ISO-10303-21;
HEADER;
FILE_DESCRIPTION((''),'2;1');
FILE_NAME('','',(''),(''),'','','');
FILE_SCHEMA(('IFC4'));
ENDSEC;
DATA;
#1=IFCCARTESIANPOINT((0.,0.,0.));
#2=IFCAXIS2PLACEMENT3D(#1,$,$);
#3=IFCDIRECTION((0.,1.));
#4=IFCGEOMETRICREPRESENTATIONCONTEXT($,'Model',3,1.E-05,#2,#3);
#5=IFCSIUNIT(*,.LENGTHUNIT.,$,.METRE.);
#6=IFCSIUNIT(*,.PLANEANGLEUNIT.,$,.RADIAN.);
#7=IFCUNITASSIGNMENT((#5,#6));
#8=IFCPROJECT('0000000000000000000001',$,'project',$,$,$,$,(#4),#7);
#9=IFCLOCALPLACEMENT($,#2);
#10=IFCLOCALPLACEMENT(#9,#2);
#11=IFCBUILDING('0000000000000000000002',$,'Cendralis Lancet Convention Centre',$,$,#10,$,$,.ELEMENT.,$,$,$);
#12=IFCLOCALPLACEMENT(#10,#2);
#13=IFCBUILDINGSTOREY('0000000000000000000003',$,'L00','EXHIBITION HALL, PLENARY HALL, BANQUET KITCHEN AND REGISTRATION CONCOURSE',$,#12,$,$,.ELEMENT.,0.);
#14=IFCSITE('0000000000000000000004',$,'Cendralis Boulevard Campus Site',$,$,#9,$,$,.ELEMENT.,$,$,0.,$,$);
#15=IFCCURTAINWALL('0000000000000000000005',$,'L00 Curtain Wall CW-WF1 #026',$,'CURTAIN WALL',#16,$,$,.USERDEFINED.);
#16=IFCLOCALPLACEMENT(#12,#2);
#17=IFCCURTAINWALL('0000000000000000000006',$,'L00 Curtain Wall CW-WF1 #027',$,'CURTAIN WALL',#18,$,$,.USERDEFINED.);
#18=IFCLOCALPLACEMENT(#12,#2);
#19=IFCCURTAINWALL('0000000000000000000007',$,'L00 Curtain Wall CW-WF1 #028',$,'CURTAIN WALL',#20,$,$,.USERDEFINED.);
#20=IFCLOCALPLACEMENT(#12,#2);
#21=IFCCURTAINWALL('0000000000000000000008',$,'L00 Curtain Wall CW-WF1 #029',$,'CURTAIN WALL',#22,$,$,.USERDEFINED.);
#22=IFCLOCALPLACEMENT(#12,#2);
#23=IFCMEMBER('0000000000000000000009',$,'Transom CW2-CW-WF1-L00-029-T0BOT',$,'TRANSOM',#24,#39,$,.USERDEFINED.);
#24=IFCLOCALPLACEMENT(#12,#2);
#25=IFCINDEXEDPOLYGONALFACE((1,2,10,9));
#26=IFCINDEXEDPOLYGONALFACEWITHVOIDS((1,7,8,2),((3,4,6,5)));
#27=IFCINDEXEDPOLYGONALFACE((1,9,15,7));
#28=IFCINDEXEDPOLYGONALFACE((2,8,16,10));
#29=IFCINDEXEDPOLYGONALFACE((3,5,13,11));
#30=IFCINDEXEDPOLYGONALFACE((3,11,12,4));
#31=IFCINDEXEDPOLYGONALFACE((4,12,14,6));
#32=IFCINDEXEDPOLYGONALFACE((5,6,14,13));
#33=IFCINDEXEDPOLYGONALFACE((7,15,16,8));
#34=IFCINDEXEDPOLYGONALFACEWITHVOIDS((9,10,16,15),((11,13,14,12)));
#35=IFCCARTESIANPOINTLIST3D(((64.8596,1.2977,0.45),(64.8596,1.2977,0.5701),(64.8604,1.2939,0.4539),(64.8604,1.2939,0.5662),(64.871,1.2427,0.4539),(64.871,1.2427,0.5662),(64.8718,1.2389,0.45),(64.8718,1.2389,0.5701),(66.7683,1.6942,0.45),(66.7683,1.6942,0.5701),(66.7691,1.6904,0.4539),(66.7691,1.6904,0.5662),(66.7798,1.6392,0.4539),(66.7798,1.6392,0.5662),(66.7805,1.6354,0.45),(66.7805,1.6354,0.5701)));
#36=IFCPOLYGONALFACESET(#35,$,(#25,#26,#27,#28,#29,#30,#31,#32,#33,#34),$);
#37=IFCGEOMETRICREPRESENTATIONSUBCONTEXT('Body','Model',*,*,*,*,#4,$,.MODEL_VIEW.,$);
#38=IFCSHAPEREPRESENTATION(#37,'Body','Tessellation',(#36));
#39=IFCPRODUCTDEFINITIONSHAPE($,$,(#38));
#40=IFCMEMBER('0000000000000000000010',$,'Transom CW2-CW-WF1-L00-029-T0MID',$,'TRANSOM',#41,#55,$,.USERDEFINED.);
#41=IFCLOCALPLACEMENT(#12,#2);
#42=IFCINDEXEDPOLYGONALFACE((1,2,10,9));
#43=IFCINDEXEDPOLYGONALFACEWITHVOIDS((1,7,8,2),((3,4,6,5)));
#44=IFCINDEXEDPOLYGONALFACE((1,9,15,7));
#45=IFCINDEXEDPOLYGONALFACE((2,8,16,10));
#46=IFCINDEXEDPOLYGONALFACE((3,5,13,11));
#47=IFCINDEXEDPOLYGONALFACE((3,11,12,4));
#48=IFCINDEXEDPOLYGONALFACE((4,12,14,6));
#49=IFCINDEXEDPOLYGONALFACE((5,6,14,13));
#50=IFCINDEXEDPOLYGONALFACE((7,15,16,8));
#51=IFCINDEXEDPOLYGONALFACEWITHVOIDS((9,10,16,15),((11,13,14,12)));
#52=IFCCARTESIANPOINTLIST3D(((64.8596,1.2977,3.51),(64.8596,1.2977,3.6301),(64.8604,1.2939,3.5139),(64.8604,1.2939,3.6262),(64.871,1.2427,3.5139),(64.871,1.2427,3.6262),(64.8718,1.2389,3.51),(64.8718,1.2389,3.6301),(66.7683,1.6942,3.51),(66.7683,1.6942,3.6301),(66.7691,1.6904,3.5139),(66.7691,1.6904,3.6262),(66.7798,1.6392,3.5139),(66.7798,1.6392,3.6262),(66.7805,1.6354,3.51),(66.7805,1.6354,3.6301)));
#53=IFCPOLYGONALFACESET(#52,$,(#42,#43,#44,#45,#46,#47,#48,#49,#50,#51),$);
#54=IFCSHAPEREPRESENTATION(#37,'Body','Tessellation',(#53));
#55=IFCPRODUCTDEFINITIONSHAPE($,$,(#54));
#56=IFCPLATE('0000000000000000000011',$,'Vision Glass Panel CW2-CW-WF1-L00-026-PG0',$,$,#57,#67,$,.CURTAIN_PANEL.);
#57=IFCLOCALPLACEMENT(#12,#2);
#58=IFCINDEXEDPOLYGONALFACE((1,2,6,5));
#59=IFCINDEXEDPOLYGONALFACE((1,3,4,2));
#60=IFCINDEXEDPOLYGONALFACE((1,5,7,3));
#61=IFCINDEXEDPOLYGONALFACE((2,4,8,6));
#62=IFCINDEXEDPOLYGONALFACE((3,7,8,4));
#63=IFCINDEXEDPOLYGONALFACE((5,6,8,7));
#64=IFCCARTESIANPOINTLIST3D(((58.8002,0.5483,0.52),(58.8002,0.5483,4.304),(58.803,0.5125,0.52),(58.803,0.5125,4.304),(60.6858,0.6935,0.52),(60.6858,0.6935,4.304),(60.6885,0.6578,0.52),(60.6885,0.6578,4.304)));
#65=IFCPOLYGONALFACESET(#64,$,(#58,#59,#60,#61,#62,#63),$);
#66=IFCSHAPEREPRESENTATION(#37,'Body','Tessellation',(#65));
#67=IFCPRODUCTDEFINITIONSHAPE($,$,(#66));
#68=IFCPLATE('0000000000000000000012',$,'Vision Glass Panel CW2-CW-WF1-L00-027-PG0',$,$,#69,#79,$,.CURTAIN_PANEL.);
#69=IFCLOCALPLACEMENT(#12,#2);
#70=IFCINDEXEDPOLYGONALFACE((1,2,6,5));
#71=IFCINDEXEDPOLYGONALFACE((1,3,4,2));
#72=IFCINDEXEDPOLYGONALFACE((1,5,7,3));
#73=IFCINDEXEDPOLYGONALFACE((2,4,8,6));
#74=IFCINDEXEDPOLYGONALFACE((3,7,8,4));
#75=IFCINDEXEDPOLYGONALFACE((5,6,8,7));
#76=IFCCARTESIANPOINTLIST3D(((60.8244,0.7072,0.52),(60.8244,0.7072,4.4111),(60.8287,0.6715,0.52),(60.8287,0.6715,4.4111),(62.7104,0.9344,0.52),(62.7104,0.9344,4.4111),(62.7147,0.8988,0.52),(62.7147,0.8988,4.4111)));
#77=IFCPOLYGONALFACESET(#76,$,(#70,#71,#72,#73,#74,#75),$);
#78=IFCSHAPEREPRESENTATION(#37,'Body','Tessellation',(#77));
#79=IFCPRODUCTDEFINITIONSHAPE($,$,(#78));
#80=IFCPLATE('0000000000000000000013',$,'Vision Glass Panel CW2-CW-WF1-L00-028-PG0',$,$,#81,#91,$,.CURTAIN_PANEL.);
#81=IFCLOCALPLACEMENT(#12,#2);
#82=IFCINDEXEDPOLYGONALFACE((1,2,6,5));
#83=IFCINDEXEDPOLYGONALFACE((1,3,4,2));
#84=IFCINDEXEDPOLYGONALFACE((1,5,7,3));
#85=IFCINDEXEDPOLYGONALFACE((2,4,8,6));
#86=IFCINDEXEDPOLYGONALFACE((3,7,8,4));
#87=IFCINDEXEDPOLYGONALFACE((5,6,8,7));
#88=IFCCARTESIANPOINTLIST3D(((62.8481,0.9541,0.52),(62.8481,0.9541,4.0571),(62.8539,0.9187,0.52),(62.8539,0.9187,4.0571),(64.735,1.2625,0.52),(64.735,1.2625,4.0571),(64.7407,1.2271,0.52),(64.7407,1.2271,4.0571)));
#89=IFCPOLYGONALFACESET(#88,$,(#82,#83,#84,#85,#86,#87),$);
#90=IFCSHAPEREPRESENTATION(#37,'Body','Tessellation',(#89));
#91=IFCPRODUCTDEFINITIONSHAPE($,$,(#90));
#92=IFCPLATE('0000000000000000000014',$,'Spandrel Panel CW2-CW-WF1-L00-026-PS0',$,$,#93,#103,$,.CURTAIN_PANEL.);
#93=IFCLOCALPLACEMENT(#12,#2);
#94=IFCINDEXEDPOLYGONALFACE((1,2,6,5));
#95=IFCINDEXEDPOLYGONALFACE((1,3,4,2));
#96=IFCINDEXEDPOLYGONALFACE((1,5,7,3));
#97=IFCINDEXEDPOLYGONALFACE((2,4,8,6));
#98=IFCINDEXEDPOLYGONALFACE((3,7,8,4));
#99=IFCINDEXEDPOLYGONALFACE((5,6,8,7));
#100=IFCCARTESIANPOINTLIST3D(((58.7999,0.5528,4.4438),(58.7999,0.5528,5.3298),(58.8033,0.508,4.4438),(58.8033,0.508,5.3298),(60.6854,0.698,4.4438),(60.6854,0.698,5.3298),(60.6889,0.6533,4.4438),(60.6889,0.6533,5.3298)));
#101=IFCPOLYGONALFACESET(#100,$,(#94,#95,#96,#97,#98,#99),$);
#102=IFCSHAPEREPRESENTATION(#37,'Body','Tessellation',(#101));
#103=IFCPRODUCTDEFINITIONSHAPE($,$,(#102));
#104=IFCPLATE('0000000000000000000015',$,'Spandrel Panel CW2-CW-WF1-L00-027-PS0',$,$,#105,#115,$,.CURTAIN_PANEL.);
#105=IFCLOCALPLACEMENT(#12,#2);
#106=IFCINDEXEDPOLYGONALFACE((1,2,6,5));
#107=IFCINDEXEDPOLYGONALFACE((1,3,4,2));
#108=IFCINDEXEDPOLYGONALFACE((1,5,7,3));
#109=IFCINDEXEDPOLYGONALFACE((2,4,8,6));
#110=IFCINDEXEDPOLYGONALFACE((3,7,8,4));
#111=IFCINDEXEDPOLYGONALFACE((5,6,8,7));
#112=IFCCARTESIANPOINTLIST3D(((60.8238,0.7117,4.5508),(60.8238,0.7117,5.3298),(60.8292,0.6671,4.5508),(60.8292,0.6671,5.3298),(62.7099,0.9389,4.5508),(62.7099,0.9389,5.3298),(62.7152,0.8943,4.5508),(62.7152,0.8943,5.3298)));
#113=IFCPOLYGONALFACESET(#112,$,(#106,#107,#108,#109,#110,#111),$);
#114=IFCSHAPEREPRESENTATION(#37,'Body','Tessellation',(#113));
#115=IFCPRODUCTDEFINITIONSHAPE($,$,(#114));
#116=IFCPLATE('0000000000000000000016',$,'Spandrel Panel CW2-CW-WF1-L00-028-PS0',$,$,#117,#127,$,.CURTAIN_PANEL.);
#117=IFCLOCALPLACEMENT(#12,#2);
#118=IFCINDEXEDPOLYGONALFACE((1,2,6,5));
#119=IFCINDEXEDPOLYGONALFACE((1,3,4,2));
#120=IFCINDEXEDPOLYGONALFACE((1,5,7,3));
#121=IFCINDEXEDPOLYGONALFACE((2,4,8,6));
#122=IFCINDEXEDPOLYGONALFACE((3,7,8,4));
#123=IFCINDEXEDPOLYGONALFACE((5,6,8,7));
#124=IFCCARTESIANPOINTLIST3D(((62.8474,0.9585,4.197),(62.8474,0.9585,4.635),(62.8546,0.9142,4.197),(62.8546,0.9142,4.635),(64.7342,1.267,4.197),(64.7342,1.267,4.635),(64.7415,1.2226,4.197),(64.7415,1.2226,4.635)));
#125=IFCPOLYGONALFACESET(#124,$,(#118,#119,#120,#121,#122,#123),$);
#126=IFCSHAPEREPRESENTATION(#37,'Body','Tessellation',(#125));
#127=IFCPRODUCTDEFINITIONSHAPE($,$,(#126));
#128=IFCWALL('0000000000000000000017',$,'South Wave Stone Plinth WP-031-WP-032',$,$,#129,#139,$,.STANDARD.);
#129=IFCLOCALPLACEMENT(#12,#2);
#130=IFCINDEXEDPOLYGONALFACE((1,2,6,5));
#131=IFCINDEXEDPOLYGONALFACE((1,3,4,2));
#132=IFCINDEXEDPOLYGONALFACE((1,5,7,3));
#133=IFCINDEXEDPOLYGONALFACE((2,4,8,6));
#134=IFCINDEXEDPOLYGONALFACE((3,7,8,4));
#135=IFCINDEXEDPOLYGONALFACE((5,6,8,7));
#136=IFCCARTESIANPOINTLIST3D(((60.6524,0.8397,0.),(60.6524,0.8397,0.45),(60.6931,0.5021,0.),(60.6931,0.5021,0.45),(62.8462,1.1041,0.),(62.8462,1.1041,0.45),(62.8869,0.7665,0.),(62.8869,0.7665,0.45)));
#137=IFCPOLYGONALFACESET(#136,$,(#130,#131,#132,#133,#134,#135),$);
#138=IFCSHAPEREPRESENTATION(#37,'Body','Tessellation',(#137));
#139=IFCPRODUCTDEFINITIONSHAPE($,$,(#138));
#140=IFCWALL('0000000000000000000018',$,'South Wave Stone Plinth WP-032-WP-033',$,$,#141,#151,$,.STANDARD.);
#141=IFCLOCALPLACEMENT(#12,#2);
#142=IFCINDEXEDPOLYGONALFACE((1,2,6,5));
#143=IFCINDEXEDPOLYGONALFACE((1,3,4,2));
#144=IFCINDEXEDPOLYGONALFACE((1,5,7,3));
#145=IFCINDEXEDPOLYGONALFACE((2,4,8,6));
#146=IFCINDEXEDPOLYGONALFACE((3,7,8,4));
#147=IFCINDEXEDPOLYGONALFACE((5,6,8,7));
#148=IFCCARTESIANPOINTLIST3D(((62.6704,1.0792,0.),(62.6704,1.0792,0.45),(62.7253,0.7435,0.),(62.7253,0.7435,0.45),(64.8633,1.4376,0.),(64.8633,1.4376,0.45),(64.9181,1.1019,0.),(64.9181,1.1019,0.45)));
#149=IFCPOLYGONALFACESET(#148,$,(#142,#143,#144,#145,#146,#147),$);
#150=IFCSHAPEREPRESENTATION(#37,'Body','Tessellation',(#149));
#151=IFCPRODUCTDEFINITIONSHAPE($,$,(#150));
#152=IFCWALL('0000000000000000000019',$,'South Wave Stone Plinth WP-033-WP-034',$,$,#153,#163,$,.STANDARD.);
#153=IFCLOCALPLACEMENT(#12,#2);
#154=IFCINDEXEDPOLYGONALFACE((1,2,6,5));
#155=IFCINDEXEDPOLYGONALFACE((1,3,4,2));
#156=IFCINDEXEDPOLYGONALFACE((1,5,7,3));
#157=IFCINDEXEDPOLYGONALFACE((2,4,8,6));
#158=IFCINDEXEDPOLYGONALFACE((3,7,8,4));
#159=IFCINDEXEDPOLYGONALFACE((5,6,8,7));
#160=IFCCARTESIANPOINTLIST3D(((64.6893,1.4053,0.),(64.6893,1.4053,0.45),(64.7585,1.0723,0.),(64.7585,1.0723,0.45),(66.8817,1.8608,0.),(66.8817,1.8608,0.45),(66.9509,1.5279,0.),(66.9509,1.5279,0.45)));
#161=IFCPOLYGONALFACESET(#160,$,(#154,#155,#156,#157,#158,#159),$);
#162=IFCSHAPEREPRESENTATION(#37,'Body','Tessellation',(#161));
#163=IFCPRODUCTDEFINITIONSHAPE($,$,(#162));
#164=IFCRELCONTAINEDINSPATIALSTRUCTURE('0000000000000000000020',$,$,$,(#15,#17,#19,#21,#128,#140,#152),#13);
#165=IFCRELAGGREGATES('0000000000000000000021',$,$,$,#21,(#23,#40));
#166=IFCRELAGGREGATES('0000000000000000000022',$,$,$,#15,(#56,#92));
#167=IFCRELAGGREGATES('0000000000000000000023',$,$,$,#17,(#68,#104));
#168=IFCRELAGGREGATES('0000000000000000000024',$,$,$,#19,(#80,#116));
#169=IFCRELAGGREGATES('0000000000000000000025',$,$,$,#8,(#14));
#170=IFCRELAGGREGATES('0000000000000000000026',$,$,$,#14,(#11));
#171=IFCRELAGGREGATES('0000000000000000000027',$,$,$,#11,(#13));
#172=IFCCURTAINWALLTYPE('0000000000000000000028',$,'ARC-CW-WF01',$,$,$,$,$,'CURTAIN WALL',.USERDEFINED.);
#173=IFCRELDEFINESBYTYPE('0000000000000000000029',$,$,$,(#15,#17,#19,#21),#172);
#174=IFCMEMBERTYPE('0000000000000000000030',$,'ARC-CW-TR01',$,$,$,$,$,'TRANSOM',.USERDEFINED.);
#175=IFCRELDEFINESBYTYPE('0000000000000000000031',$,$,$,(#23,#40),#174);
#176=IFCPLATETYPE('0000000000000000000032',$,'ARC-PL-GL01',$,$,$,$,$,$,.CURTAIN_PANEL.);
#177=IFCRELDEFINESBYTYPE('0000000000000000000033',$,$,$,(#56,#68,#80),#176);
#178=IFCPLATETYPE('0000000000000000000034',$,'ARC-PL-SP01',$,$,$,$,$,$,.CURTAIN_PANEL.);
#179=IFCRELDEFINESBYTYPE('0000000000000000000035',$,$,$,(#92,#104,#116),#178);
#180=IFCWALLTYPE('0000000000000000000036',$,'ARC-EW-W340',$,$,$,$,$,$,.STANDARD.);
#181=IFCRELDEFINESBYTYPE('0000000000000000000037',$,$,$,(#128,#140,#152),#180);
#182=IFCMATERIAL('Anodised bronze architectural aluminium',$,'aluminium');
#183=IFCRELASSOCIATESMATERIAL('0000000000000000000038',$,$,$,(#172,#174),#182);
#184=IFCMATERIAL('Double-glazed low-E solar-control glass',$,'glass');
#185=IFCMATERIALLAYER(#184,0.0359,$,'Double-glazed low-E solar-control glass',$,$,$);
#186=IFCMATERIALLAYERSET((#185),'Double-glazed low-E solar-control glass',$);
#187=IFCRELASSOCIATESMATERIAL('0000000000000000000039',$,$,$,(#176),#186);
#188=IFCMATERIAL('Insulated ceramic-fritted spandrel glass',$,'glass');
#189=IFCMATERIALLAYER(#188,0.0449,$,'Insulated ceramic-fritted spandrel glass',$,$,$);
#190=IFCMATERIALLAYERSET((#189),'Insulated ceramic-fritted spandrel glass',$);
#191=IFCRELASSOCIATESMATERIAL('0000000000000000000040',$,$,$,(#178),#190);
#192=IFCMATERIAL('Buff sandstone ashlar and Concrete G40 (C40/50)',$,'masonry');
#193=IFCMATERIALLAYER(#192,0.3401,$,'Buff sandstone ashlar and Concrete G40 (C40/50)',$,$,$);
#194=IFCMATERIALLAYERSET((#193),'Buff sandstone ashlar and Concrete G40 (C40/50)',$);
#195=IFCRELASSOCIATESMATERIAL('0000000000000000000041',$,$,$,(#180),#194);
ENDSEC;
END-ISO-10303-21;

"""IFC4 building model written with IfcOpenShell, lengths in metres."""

from ifc_helpers import new_model, si_unit, direction, frame, frame_2d, origin, origin_2d, place, context, subcontext, project, spatial, rectangle, hollow_rectangle, extrude, material, layer, layer_set, material_profile, profile_set, type_object, element, aggregate, save


model = new_model("IFC4")

# Units and contexts
model_context = context("Model", 3, precision=1e-05, world=origin(), true_north=direction((0.0, 1.0)))
body_context = subcontext(model_context, "Body", "Model", "MODEL_VIEW")
ifc_project = project(units=[si_unit("LENGTHUNIT", "METRE"), si_unit("PLANEANGLEUNIT", "RADIAN")], contexts=[model_context])

# Site, building, storey
site_placement = place(None, origin())
site = spatial("IfcSite", under=ifc_project, at=site_placement, Name="Cendralis Boulevard Campus Site", CompositionType="ELEMENT", RefElevation=0.0)
building_placement = place(site_placement, origin())
building = spatial("IfcBuilding", under=site, at=building_placement, Name="Cendralis Lancet Convention Centre", CompositionType="ELEMENT")
storey_placement = place(building_placement, origin())
storey = spatial("IfcBuildingStorey", under=building, at=storey_placement, Name="L00", Description="EXHIBITION HALL, PLENARY HALL, BANQUET KITCHEN AND REGISTRATION CONCOURSE", CompositionType="ELEMENT", Elevation=0.0)

# Shared definitions
ifc_material_1 = material(Name="Anodised bronze architectural aluminium", Category="aluminium")
curtain_wall_type = type_object("IfcCurtainWallType", Name="ARC-CW-WF01", ElementType="CURTAIN WALL", PredefinedType="USERDEFINED", material=ifc_material_1)

# Curtain walls
curtain_wall_1_placement = place(storey_placement, origin())
curtain_wall_1 = element("IfcCurtainWall", 1, at=curtain_wall_1_placement, inside=storey, type_object=curtain_wall_type, Name="L00 Curtain Wall CW-WF1 #026", ObjectType="CURTAIN WALL", PredefinedType="USERDEFINED")
curtain_wall_2_placement = place(storey_placement, origin())
curtain_wall_2 = element("IfcCurtainWall", 2, at=curtain_wall_2_placement, inside=storey, type_object=curtain_wall_type, Name="L00 Curtain Wall CW-WF1 #027", ObjectType="CURTAIN WALL", PredefinedType="USERDEFINED")
curtain_wall_3_placement = place(storey_placement, origin())
curtain_wall_3 = element("IfcCurtainWall", 3, at=curtain_wall_3_placement, inside=storey, type_object=curtain_wall_type, Name="L00 Curtain Wall CW-WF1 #028", ObjectType="CURTAIN WALL", PredefinedType="USERDEFINED")

# Curtain wall
curtain_wall_4_placement = place(storey_placement, origin())
curtain_wall_4 = element("IfcCurtainWall", 4, at=curtain_wall_4_placement, inside=storey, type_object=curtain_wall_type, Name="L00 Curtain Wall CW-WF1 #029", ObjectType="CURTAIN WALL", PredefinedType="USERDEFINED")

# Members
ifc_material_profile_1 = material_profile(ifc_material_1, hollow_rectangle(XDim=0.0601, YDim=0.1201, WallThickness=0.0039, at=origin_2d()), Name="AL-TRAN 60x120x4.0")
ifc_profile_set_1 = profile_set([ifc_material_profile_1], Name="Anodised bronze architectural aluminium")
member_type_1 = type_object("IfcMemberType", Name="ARC-CW-TR01", ElementType="TRANSOM", PredefinedType="USERDEFINED", material=ifc_profile_set_1)
member_1_placement = place(storey_placement, frame((64.8657, 1.2683, 0.51), z_axis=(0.979099, 0.203384, 0.0), x_axis=(-0.203384, 0.979099, 0.0)))
member_1 = element("IfcMember", 5, at=member_1_placement, type_object=member_type_1, Name="Transom CW2-CW-WF1-L00-029-T0BOT", ObjectType="TRANSOM", PredefinedType="USERDEFINED", context=body_context, shape_type="SweptSolid", body=[
    extrude(hollow_rectangle(XDim=0.0601, YDim=0.1201, WallThickness=0.0039, at=origin_2d()), origin(), (0.0, 0.0, 1.0), 1.9495),
])
member_2_placement = place(storey_placement, frame((64.8657, 1.2683, 3.5701), z_axis=(0.979099, 0.203384, 0.0), x_axis=(-0.203384, 0.979099, 0.0)))
member_2 = element("IfcMember", 6, at=member_2_placement, type_object=member_type_1, Name="Transom CW2-CW-WF1-L00-029-T0MID", ObjectType="TRANSOM", PredefinedType="USERDEFINED", context=body_context, shape_type="SweptSolid", body=[
    extrude(hollow_rectangle(XDim=0.0601, YDim=0.1201, WallThickness=0.0039, at=origin_2d()), origin(), (0.0, 0.0, 1.0), 1.9495),
])
aggregate(curtain_wall_4, [member_1, member_2])

# Plates
ifc_material_2 = material(Name="Double-glazed low-E solar-control glass", Category="glass")
ifc_layer_1 = layer(ifc_material_2, 0.0359, Name="Double-glazed low-E solar-control glass")
ifc_layer_set_1 = layer_set([ifc_layer_1], Name="Double-glazed low-E solar-control glass")
plate_type_1 = type_object("IfcPlateType", Name="ARC-PL-GL01", PredefinedType="CURTAIN_PANEL", material=ifc_layer_set_1)
plate_1_placement = place(storey_placement, frame((59.7444, 0.603, 0.52), z_axis=(0.0, 0.0, 1.0), x_axis=(0.997046, 0.076809, 0.0)))
plate_1 = element("IfcPlate", 7, at=plate_1_placement, type_object=plate_type_1, Name="Vision Glass Panel CW2-CW-WF1-L00-026-PG0", PredefinedType="CURTAIN_PANEL", context=body_context, shape_type="SweptSolid", body=[
    extrude(rectangle(XDim=1.8911, YDim=0.0359, at=origin_2d()), origin(), (0.0, 0.0, 1.0), 3.7839),
])
plate_2_placement = place(storey_placement, frame((61.7695, 0.803, 0.52), z_axis=(0.0, 0.0, 1.0), x_axis=(0.992819, 0.119629, 0.0)))
plate_2 = element("IfcPlate", 8, at=plate_2_placement, type_object=plate_type_1, Name="Vision Glass Panel CW2-CW-WF1-L00-027-PG0", PredefinedType="CURTAIN_PANEL", context=body_context, shape_type="SweptSolid", body=[
    extrude(rectangle(XDim=1.8997, YDim=0.0359, at=origin_2d()), origin(), (0.0, 0.0, 1.0), 3.8911),
])
plate_3_placement = place(storey_placement, frame((63.7944, 1.0906, 0.52), z_axis=(0.0, 0.0, 1.0), x_axis=(0.986903, 0.161316, 0.0)))
plate_3 = element("IfcPlate", 9, at=plate_3_placement, type_object=plate_type_1, Name="Vision Glass Panel CW2-CW-WF1-L00-028-PG0", PredefinedType="CURTAIN_PANEL", context=body_context, shape_type="SweptSolid", body=[
    extrude(rectangle(XDim=1.9119, YDim=0.0359, at=origin_2d()), origin(), (0.0, 0.0, 1.0), 3.5371),
])
ifc_material_3 = material(Name="Insulated ceramic-fritted spandrel glass", Category="glass")
ifc_layer_2 = layer(ifc_material_3, 0.0449, Name="Insulated ceramic-fritted spandrel glass")
ifc_layer_set_2 = layer_set([ifc_layer_2], Name="Insulated ceramic-fritted spandrel glass")
plate_type_2 = type_object("IfcPlateType", Name="ARC-PL-SP01", PredefinedType="CURTAIN_PANEL", material=ifc_layer_set_2)
plate_4_placement = place(storey_placement, frame((59.7444, 0.603, 4.4438), z_axis=(0.0, 0.0, 1.0), x_axis=(0.997046, 0.076809, 0.0)))
plate_4 = element("IfcPlate", 10, at=plate_4_placement, type_object=plate_type_2, Name="Spandrel Panel CW2-CW-WF1-L00-026-PS0", PredefinedType="CURTAIN_PANEL", context=body_context, shape_type="SweptSolid", body=[
    extrude(rectangle(XDim=1.8911, YDim=0.0449, at=origin_2d()), origin(), (0.0, 0.0, 1.0), 0.886),
])
aggregate(curtain_wall_1, [plate_1, plate_4])
plate_5_placement = place(storey_placement, frame((61.7695, 0.803, 4.5508), z_axis=(0.0, 0.0, 1.0), x_axis=(0.992819, 0.119629, 0.0)))
plate_5 = element("IfcPlate", 11, at=plate_5_placement, type_object=plate_type_2, Name="Spandrel Panel CW2-CW-WF1-L00-027-PS0", PredefinedType="CURTAIN_PANEL", context=body_context, shape_type="SweptSolid", body=[
    extrude(rectangle(XDim=1.8997, YDim=0.0449, at=origin_2d()), origin(), (0.0, 0.0, 1.0), 0.7791),
])
aggregate(curtain_wall_2, [plate_2, plate_5])
plate_6_placement = place(storey_placement, frame((63.7944, 1.0906, 4.197), z_axis=(0.0, 0.0, 1.0), x_axis=(0.986903, 0.161316, 0.0)))
plate_6 = element("IfcPlate", 12, at=plate_6_placement, type_object=plate_type_2, Name="Spandrel Panel CW2-CW-WF1-L00-028-PS0", PredefinedType="CURTAIN_PANEL", context=body_context, shape_type="SweptSolid", body=[
    extrude(rectangle(XDim=1.9119, YDim=0.0449, at=origin_2d()), origin(), (0.0, 0.0, 1.0), 0.438),
])
aggregate(curtain_wall_3, [plate_3, plate_6])

# Walls
ifc_material_4 = material(Name="Buff sandstone ashlar and Concrete G40 (C40/50)", Category="masonry")
ifc_layer_3 = layer(ifc_material_4, 0.3401, Name="Buff sandstone ashlar and Concrete G40 (C40/50)")
ifc_layer_set_3 = layer_set([ifc_layer_3], Name="Buff sandstone ashlar and Concrete G40 (C40/50)")
wall_type = type_object("IfcWallType", Name="ARC-EW-W340", PredefinedType="STANDARD", material=ifc_layer_set_3)
wall_1_placement = place(storey_placement, frame((60.6726, 0.6709, 0.0), z_axis=(0.0, 0.0, 1.0), x_axis=(0.992816, 0.119655, 0.0)))
element("IfcWall", 13, at=wall_1_placement, inside=storey, type_object=wall_type, Name="South Wave Stone Plinth WP-031-WP-032", PredefinedType="STANDARD", context=body_context, shape_type="SweptSolid", body=[
    extrude(rectangle(XDim=2.2097, YDim=0.3401, at=frame_2d((1.105, 0.0))), origin(), (0.0, 0.0, 1.0), 0.45),
])
wall_2_placement = place(storey_placement, frame((62.698, 0.9114, 0.0), z_axis=(0.0, 0.0, 1.0), x_axis=(0.986906, 0.161298, 0.0)))
element("IfcWall", 14, at=wall_2_placement, inside=storey, type_object=wall_type, Name="South Wave Stone Plinth WP-032-WP-033", PredefinedType="STANDARD", context=body_context, shape_type="SweptSolid", body=[
    extrude(rectangle(XDim=2.2219, YDim=0.3401, at=frame_2d((1.1108, 0.0))), origin(), (0.0, 0.0, 1.0), 0.45),
])
wall_3_placement = place(storey_placement, frame((64.7239, 1.2388, 0.0), z_axis=(0.0, 0.0, 1.0), x_axis=(0.979086, 0.203449, 0.0)))
element("IfcWall", 15, at=wall_3_placement, inside=storey, type_object=wall_type, Name="South Wave Stone Plinth WP-033-WP-034", PredefinedType="STANDARD", context=body_context, shape_type="SweptSolid", body=[
    extrude(rectangle(XDim=2.2393, YDim=0.3401, at=frame_2d((1.1196, 0.0))), origin(), (0.0, 0.0, 1.0), 0.45),
])

save(model, "model.ifc")
